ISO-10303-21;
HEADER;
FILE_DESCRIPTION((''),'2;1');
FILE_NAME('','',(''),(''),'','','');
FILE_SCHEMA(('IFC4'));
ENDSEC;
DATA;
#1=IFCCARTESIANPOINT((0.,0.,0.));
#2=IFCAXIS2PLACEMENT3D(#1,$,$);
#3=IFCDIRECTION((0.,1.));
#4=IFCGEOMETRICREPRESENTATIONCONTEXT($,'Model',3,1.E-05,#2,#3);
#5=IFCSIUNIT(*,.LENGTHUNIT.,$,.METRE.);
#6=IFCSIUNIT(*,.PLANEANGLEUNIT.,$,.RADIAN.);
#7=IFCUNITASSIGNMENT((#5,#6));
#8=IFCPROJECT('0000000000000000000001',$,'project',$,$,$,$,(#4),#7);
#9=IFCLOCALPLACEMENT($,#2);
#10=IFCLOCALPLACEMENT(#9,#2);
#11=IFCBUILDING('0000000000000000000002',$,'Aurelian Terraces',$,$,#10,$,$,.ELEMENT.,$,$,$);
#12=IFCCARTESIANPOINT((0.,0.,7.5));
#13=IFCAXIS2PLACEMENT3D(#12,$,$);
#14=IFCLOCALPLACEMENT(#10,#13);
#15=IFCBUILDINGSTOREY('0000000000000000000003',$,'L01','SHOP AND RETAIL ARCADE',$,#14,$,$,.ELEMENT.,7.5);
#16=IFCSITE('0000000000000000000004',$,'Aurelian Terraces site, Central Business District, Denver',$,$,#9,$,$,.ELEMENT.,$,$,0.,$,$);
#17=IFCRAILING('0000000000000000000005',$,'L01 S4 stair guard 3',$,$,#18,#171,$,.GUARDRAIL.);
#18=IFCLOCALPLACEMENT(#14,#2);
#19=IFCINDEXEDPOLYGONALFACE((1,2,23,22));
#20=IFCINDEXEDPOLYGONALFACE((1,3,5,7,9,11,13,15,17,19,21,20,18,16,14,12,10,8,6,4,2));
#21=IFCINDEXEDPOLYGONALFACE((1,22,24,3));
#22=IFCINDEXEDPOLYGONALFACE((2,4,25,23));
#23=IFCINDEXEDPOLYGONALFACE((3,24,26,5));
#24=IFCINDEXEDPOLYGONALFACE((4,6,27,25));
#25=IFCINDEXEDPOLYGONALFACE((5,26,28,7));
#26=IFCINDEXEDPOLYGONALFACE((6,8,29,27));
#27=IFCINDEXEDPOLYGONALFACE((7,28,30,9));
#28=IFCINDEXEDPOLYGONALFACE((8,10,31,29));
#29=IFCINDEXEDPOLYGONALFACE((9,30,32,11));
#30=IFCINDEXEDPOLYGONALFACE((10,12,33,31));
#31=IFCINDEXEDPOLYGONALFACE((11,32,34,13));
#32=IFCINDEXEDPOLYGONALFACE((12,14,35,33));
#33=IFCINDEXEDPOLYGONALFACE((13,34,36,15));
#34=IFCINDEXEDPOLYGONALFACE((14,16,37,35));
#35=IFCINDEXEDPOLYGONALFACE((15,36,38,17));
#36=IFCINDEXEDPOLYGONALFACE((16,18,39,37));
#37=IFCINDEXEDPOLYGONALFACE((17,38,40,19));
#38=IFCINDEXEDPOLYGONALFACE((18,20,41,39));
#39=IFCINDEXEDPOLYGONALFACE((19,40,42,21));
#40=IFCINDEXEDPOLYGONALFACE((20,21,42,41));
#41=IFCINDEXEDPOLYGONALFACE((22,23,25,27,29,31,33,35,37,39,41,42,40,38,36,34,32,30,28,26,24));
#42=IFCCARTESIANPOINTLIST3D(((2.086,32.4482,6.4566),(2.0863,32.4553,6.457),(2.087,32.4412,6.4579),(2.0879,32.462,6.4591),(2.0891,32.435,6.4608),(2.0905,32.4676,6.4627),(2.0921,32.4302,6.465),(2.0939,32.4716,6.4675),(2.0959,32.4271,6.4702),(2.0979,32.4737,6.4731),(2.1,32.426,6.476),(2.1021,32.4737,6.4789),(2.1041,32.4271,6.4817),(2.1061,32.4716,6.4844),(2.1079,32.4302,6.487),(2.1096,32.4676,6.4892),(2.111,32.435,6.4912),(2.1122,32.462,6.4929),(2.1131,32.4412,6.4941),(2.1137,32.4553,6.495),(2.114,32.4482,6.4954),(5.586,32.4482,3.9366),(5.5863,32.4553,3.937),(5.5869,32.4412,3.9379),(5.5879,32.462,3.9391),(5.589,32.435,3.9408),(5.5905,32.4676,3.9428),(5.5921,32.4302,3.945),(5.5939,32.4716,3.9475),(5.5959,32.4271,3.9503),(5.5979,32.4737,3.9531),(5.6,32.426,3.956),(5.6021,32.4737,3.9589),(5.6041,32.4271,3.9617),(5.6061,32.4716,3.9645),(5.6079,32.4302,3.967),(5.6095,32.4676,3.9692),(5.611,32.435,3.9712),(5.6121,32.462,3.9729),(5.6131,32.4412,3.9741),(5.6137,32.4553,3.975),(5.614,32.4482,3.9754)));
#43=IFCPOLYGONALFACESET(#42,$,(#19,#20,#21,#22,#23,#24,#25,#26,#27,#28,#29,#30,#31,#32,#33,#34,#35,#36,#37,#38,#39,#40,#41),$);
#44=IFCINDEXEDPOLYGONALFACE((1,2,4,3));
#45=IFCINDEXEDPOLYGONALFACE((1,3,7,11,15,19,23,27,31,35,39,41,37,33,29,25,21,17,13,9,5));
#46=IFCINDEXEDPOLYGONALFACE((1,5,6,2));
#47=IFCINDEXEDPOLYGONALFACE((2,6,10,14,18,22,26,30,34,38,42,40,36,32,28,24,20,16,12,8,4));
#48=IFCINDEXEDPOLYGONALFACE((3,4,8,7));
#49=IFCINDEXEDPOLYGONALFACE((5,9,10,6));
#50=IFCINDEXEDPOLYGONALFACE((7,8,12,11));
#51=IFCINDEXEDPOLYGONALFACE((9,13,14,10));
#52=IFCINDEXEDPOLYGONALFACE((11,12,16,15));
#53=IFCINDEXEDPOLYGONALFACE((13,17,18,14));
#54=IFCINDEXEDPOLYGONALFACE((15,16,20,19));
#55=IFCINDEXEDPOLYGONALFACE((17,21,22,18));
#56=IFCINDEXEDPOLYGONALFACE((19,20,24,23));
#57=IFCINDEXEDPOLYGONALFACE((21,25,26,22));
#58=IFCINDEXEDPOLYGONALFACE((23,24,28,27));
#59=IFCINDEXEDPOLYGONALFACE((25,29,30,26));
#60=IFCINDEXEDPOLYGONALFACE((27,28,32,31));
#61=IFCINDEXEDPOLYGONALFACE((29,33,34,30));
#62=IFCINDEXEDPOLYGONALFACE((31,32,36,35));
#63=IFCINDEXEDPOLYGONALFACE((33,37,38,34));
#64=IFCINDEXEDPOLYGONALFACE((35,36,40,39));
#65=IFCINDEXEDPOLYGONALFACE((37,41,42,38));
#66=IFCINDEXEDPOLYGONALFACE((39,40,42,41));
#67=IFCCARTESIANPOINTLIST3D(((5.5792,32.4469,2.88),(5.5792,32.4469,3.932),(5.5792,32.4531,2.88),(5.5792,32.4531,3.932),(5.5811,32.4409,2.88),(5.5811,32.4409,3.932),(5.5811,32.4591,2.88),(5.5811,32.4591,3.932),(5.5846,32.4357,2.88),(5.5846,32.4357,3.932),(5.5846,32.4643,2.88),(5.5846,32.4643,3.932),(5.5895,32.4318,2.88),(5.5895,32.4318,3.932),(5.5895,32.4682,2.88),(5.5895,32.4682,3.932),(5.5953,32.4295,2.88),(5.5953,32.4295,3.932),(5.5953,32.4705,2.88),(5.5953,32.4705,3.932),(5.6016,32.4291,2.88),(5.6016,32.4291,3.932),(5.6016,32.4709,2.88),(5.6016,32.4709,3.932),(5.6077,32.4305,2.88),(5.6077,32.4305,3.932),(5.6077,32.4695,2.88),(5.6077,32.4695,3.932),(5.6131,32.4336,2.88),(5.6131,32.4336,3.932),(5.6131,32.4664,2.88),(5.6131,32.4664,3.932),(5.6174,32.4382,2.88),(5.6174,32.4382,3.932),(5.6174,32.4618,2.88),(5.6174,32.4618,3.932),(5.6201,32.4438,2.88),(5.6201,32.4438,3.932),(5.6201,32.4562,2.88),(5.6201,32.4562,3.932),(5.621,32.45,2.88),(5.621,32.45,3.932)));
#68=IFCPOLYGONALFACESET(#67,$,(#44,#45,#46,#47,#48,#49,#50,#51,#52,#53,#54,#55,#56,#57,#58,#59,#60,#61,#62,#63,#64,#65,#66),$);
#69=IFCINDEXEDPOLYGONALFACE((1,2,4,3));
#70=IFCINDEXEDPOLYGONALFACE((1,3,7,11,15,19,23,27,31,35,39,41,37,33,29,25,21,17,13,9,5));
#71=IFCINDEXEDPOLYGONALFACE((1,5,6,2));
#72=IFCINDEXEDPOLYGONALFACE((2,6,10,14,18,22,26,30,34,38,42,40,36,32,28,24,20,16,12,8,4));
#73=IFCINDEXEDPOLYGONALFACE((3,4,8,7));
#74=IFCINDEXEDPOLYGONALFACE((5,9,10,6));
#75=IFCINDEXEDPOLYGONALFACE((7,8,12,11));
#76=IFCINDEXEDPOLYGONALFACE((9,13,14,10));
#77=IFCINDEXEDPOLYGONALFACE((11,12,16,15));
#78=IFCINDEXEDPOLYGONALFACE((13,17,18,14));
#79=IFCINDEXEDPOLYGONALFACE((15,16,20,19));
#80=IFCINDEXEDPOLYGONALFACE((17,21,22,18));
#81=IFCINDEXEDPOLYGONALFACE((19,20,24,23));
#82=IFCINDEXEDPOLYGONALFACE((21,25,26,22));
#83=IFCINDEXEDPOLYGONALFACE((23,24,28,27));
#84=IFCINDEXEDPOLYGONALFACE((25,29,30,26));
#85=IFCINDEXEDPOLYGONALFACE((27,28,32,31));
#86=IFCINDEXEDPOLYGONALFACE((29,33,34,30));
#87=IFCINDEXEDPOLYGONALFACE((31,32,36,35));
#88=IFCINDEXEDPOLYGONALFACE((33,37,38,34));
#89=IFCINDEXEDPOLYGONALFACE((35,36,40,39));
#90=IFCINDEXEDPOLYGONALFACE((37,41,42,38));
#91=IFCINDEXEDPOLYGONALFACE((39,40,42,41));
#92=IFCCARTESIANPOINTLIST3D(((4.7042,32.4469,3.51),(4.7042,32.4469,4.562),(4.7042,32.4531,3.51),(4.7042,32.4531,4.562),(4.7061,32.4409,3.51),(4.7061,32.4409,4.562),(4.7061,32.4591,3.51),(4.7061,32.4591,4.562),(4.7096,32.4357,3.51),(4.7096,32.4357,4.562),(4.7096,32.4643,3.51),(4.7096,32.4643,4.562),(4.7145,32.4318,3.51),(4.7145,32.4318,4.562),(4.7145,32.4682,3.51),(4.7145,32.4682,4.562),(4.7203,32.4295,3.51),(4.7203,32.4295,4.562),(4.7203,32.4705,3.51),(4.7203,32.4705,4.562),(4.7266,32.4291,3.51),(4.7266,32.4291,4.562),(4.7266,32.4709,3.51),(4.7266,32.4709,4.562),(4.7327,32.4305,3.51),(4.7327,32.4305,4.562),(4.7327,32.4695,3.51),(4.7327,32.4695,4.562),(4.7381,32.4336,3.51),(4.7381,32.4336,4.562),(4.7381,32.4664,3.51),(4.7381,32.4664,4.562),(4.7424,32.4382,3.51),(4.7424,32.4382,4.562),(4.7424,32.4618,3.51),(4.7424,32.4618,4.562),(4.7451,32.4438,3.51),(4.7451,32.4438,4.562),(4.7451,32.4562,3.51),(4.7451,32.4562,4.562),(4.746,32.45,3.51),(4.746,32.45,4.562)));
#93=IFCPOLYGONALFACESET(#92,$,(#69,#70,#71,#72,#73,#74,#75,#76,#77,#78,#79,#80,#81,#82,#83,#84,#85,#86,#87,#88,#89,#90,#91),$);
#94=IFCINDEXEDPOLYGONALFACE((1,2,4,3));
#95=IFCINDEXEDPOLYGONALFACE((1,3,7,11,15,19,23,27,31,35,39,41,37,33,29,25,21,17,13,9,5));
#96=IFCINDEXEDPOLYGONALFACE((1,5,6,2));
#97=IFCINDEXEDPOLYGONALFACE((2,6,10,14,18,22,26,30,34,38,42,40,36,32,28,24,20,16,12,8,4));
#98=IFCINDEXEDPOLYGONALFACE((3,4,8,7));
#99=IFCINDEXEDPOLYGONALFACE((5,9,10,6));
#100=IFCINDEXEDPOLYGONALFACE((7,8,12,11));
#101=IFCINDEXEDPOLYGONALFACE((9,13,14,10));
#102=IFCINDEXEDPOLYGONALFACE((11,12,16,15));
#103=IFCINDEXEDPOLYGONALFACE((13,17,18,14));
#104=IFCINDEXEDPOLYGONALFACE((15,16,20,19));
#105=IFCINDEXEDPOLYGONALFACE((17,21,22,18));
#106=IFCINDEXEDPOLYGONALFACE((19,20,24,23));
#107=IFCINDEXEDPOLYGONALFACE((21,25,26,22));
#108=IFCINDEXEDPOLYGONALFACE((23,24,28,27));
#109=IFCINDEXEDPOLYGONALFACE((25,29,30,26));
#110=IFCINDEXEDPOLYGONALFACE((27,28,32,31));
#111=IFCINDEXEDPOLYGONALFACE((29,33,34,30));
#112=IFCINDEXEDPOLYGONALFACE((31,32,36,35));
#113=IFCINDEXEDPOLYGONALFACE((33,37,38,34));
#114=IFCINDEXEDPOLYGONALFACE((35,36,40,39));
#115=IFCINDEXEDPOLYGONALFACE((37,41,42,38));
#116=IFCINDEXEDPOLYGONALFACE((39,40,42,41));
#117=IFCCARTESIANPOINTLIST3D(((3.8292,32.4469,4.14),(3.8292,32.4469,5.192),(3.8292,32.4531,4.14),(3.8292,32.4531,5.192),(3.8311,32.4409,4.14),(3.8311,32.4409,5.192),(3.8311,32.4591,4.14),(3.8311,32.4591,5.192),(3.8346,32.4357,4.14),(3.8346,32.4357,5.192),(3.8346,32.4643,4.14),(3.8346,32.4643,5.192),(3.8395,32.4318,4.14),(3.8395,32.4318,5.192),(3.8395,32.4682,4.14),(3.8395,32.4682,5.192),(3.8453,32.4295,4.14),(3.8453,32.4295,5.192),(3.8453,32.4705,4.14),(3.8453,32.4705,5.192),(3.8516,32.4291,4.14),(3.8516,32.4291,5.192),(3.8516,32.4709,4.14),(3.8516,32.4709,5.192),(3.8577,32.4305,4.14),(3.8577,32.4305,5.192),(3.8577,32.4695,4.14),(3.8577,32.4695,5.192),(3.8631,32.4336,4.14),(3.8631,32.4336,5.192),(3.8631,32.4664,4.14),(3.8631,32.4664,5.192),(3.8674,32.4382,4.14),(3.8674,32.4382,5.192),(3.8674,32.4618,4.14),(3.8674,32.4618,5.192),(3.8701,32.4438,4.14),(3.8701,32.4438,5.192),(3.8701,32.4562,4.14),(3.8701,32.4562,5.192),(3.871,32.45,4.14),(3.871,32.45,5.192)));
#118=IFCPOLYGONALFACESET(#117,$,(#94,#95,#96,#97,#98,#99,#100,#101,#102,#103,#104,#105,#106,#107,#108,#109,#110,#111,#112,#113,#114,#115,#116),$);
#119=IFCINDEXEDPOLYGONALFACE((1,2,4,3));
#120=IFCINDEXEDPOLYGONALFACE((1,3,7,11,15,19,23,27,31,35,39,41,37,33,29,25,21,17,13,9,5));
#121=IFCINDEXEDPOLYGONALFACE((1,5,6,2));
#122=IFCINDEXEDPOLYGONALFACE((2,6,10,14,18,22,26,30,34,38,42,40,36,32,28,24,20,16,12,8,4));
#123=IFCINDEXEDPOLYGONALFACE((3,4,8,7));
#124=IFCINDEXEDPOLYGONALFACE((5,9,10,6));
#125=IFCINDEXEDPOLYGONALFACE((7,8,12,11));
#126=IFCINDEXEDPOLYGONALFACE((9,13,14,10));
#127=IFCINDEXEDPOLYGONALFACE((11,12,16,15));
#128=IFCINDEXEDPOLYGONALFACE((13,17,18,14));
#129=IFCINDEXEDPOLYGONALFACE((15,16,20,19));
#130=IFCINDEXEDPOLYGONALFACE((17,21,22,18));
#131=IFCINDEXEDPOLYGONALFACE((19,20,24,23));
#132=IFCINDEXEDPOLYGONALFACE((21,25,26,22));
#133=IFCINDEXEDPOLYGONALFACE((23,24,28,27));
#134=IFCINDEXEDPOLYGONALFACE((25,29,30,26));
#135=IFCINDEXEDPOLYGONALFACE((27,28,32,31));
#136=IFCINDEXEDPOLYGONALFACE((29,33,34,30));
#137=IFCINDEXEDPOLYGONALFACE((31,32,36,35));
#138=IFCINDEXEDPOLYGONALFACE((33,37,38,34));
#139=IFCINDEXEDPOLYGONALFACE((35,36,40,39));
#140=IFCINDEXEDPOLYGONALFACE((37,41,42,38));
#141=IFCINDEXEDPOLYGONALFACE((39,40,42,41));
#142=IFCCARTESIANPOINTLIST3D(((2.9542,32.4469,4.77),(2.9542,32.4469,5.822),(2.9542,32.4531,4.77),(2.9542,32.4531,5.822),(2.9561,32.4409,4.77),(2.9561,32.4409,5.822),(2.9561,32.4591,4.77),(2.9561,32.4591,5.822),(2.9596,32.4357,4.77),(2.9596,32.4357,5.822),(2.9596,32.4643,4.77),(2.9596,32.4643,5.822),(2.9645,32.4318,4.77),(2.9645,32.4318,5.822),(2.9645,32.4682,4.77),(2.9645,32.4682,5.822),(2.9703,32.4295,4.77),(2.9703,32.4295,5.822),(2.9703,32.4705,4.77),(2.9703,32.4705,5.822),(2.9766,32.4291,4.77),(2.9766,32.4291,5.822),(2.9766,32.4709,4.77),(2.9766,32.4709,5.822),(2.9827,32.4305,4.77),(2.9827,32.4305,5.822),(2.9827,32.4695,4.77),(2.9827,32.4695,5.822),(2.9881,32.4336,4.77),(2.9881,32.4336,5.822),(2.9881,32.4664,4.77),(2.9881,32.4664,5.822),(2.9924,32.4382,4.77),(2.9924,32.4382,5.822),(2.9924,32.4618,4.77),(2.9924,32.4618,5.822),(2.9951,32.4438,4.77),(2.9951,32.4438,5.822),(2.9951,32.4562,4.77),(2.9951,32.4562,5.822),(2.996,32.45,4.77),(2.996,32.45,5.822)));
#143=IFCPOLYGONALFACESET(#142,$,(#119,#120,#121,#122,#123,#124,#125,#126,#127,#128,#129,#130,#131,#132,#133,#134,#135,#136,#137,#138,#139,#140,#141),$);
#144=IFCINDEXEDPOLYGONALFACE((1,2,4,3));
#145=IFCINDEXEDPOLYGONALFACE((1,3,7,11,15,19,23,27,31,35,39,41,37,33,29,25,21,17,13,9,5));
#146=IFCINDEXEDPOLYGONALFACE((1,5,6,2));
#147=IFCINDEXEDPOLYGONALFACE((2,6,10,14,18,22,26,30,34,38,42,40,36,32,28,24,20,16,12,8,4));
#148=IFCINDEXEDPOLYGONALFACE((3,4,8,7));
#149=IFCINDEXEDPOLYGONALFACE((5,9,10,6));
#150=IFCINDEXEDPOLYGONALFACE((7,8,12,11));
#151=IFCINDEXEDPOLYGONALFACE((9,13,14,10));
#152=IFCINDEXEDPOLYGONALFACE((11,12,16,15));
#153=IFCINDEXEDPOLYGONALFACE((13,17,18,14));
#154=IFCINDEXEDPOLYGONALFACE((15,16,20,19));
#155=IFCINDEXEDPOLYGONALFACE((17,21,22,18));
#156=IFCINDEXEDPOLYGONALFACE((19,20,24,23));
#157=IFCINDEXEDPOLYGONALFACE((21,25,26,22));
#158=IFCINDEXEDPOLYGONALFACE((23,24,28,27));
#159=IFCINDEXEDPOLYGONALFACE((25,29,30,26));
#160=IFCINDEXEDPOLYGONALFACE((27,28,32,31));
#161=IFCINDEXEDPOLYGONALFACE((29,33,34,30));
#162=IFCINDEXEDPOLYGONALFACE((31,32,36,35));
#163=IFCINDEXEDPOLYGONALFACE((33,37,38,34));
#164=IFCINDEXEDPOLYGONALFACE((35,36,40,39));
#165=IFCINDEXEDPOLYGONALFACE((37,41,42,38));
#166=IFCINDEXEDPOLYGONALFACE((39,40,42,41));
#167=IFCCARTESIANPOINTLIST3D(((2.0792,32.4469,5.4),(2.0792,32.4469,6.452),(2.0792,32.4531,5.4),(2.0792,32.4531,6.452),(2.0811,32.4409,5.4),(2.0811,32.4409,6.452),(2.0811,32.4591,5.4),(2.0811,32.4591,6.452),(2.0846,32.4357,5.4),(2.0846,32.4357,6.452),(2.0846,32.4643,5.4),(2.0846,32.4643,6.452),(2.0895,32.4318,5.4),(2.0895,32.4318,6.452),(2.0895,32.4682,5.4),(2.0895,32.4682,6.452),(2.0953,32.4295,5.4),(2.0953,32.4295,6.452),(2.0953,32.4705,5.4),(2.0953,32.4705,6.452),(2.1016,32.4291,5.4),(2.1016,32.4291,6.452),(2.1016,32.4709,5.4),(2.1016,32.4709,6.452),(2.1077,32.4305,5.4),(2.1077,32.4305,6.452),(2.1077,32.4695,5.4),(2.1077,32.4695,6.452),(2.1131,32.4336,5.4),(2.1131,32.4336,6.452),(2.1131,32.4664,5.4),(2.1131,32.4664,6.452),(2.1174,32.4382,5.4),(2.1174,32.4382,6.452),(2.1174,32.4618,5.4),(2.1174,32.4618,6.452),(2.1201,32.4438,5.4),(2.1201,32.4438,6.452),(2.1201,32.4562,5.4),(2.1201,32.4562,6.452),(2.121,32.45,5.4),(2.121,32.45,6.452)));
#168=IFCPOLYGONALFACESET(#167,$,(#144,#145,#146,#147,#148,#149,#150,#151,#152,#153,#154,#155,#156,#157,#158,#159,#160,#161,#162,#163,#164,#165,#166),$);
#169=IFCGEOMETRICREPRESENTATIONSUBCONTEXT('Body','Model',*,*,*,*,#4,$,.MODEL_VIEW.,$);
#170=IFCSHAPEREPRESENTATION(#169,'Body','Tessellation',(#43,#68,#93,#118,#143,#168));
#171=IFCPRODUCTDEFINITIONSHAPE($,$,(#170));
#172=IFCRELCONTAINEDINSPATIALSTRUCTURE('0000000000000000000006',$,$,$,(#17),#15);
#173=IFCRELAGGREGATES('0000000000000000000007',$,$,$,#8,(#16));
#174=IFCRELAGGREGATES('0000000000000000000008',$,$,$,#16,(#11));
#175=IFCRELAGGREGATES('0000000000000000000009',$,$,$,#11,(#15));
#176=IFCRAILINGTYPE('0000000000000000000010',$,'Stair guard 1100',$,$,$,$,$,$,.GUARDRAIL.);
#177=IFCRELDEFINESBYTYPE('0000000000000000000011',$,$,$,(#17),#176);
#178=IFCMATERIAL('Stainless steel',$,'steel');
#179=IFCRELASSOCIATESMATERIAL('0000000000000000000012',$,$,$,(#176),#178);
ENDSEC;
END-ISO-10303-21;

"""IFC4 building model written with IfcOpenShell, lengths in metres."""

from ifc_helpers import new_model, si_unit, direction, frame, origin, origin_2d, place, context, subcontext, project, spatial, circle, extrude, source, transform, mapped, material, type_object, element, save


model = new_model("IFC4")

# Units and contexts
model_context = context("Model", 3, precision=1e-05, world=origin(), true_north=direction((0.0, 1.0)))
body_context = subcontext(model_context, "Body", "Model", "MODEL_VIEW")
ifc_project = project(units=[si_unit("LENGTHUNIT", "METRE"), si_unit("PLANEANGLEUNIT", "RADIAN")], contexts=[model_context])

# Site, building, storey
site_placement = place(None, origin())
site = spatial("IfcSite", under=ifc_project, at=site_placement, Name="Aurelian Terraces site, Central Business District, Denver", CompositionType="ELEMENT", RefElevation=0.0)
building_placement = place(site_placement, origin())
building = spatial("IfcBuilding", under=site, at=building_placement, Name="Aurelian Terraces", CompositionType="ELEMENT")
storey_placement = place(building_placement, frame((0.0, 0.0, 7.5)))
storey = spatial("IfcBuildingStorey", under=building, at=storey_placement, Name="L01", Description="SHOP AND RETAIL ARCADE", CompositionType="ELEMENT", Elevation=7.5)

# Railing
ifc_material_1 = material(Name="Stainless steel", Category="steel")
railing_type = type_object("IfcRailingType", Name="Stair guard 1100", PredefinedType="GUARDRAIL", material=ifc_material_1)
shared_shape_1 = source(origin(), body_context, "Body", "SweptSolid", [
    extrude(circle(Radius=0.024, at=origin_2d()), frame((0.0, 0.0, 1.076), z_axis=(-0.811534, 0.0, 0.584305), x_axis=(0.0, -1.0, 0.0)), (0.0, 0.0, 1.0), 4.3128),
    extrude(circle(Radius=0.021, at=origin_2d()), origin(), (0.0, 0.0, 1.0), 1.052),
    extrude(circle(Radius=0.021, at=origin_2d()), frame((-0.875, 0.0, 0.63)), (0.0, 0.0, 1.0), 1.052),
    extrude(circle(Radius=0.021, at=origin_2d()), frame((-1.75, 0.0, 1.26)), (0.0, 0.0, 1.0), 1.052),
    extrude(circle(Radius=0.021, at=origin_2d()), frame((-2.625, 0.0, 1.89)), (0.0, 0.0, 1.0), 1.052),
    extrude(circle(Radius=0.021, at=origin_2d()), frame((-3.5, 0.0, 2.52)), (0.0, 0.0, 1.0), 1.052),
])
railing_1_placement = place(storey_placement, frame((5.6, 32.45, 2.88)))
element("IfcRailing", 1, at=railing_1_placement, inside=storey, type_object=railing_type, Name="L01 S4 stair guard 3", PredefinedType="GUARDRAIL", context=body_context, shape_type="MappedRepresentation", body=[
    mapped(shared_shape_1, transform((0.0, 0.0, 0.0), scale=1.0)),
])

save(model, "model.ifc")
